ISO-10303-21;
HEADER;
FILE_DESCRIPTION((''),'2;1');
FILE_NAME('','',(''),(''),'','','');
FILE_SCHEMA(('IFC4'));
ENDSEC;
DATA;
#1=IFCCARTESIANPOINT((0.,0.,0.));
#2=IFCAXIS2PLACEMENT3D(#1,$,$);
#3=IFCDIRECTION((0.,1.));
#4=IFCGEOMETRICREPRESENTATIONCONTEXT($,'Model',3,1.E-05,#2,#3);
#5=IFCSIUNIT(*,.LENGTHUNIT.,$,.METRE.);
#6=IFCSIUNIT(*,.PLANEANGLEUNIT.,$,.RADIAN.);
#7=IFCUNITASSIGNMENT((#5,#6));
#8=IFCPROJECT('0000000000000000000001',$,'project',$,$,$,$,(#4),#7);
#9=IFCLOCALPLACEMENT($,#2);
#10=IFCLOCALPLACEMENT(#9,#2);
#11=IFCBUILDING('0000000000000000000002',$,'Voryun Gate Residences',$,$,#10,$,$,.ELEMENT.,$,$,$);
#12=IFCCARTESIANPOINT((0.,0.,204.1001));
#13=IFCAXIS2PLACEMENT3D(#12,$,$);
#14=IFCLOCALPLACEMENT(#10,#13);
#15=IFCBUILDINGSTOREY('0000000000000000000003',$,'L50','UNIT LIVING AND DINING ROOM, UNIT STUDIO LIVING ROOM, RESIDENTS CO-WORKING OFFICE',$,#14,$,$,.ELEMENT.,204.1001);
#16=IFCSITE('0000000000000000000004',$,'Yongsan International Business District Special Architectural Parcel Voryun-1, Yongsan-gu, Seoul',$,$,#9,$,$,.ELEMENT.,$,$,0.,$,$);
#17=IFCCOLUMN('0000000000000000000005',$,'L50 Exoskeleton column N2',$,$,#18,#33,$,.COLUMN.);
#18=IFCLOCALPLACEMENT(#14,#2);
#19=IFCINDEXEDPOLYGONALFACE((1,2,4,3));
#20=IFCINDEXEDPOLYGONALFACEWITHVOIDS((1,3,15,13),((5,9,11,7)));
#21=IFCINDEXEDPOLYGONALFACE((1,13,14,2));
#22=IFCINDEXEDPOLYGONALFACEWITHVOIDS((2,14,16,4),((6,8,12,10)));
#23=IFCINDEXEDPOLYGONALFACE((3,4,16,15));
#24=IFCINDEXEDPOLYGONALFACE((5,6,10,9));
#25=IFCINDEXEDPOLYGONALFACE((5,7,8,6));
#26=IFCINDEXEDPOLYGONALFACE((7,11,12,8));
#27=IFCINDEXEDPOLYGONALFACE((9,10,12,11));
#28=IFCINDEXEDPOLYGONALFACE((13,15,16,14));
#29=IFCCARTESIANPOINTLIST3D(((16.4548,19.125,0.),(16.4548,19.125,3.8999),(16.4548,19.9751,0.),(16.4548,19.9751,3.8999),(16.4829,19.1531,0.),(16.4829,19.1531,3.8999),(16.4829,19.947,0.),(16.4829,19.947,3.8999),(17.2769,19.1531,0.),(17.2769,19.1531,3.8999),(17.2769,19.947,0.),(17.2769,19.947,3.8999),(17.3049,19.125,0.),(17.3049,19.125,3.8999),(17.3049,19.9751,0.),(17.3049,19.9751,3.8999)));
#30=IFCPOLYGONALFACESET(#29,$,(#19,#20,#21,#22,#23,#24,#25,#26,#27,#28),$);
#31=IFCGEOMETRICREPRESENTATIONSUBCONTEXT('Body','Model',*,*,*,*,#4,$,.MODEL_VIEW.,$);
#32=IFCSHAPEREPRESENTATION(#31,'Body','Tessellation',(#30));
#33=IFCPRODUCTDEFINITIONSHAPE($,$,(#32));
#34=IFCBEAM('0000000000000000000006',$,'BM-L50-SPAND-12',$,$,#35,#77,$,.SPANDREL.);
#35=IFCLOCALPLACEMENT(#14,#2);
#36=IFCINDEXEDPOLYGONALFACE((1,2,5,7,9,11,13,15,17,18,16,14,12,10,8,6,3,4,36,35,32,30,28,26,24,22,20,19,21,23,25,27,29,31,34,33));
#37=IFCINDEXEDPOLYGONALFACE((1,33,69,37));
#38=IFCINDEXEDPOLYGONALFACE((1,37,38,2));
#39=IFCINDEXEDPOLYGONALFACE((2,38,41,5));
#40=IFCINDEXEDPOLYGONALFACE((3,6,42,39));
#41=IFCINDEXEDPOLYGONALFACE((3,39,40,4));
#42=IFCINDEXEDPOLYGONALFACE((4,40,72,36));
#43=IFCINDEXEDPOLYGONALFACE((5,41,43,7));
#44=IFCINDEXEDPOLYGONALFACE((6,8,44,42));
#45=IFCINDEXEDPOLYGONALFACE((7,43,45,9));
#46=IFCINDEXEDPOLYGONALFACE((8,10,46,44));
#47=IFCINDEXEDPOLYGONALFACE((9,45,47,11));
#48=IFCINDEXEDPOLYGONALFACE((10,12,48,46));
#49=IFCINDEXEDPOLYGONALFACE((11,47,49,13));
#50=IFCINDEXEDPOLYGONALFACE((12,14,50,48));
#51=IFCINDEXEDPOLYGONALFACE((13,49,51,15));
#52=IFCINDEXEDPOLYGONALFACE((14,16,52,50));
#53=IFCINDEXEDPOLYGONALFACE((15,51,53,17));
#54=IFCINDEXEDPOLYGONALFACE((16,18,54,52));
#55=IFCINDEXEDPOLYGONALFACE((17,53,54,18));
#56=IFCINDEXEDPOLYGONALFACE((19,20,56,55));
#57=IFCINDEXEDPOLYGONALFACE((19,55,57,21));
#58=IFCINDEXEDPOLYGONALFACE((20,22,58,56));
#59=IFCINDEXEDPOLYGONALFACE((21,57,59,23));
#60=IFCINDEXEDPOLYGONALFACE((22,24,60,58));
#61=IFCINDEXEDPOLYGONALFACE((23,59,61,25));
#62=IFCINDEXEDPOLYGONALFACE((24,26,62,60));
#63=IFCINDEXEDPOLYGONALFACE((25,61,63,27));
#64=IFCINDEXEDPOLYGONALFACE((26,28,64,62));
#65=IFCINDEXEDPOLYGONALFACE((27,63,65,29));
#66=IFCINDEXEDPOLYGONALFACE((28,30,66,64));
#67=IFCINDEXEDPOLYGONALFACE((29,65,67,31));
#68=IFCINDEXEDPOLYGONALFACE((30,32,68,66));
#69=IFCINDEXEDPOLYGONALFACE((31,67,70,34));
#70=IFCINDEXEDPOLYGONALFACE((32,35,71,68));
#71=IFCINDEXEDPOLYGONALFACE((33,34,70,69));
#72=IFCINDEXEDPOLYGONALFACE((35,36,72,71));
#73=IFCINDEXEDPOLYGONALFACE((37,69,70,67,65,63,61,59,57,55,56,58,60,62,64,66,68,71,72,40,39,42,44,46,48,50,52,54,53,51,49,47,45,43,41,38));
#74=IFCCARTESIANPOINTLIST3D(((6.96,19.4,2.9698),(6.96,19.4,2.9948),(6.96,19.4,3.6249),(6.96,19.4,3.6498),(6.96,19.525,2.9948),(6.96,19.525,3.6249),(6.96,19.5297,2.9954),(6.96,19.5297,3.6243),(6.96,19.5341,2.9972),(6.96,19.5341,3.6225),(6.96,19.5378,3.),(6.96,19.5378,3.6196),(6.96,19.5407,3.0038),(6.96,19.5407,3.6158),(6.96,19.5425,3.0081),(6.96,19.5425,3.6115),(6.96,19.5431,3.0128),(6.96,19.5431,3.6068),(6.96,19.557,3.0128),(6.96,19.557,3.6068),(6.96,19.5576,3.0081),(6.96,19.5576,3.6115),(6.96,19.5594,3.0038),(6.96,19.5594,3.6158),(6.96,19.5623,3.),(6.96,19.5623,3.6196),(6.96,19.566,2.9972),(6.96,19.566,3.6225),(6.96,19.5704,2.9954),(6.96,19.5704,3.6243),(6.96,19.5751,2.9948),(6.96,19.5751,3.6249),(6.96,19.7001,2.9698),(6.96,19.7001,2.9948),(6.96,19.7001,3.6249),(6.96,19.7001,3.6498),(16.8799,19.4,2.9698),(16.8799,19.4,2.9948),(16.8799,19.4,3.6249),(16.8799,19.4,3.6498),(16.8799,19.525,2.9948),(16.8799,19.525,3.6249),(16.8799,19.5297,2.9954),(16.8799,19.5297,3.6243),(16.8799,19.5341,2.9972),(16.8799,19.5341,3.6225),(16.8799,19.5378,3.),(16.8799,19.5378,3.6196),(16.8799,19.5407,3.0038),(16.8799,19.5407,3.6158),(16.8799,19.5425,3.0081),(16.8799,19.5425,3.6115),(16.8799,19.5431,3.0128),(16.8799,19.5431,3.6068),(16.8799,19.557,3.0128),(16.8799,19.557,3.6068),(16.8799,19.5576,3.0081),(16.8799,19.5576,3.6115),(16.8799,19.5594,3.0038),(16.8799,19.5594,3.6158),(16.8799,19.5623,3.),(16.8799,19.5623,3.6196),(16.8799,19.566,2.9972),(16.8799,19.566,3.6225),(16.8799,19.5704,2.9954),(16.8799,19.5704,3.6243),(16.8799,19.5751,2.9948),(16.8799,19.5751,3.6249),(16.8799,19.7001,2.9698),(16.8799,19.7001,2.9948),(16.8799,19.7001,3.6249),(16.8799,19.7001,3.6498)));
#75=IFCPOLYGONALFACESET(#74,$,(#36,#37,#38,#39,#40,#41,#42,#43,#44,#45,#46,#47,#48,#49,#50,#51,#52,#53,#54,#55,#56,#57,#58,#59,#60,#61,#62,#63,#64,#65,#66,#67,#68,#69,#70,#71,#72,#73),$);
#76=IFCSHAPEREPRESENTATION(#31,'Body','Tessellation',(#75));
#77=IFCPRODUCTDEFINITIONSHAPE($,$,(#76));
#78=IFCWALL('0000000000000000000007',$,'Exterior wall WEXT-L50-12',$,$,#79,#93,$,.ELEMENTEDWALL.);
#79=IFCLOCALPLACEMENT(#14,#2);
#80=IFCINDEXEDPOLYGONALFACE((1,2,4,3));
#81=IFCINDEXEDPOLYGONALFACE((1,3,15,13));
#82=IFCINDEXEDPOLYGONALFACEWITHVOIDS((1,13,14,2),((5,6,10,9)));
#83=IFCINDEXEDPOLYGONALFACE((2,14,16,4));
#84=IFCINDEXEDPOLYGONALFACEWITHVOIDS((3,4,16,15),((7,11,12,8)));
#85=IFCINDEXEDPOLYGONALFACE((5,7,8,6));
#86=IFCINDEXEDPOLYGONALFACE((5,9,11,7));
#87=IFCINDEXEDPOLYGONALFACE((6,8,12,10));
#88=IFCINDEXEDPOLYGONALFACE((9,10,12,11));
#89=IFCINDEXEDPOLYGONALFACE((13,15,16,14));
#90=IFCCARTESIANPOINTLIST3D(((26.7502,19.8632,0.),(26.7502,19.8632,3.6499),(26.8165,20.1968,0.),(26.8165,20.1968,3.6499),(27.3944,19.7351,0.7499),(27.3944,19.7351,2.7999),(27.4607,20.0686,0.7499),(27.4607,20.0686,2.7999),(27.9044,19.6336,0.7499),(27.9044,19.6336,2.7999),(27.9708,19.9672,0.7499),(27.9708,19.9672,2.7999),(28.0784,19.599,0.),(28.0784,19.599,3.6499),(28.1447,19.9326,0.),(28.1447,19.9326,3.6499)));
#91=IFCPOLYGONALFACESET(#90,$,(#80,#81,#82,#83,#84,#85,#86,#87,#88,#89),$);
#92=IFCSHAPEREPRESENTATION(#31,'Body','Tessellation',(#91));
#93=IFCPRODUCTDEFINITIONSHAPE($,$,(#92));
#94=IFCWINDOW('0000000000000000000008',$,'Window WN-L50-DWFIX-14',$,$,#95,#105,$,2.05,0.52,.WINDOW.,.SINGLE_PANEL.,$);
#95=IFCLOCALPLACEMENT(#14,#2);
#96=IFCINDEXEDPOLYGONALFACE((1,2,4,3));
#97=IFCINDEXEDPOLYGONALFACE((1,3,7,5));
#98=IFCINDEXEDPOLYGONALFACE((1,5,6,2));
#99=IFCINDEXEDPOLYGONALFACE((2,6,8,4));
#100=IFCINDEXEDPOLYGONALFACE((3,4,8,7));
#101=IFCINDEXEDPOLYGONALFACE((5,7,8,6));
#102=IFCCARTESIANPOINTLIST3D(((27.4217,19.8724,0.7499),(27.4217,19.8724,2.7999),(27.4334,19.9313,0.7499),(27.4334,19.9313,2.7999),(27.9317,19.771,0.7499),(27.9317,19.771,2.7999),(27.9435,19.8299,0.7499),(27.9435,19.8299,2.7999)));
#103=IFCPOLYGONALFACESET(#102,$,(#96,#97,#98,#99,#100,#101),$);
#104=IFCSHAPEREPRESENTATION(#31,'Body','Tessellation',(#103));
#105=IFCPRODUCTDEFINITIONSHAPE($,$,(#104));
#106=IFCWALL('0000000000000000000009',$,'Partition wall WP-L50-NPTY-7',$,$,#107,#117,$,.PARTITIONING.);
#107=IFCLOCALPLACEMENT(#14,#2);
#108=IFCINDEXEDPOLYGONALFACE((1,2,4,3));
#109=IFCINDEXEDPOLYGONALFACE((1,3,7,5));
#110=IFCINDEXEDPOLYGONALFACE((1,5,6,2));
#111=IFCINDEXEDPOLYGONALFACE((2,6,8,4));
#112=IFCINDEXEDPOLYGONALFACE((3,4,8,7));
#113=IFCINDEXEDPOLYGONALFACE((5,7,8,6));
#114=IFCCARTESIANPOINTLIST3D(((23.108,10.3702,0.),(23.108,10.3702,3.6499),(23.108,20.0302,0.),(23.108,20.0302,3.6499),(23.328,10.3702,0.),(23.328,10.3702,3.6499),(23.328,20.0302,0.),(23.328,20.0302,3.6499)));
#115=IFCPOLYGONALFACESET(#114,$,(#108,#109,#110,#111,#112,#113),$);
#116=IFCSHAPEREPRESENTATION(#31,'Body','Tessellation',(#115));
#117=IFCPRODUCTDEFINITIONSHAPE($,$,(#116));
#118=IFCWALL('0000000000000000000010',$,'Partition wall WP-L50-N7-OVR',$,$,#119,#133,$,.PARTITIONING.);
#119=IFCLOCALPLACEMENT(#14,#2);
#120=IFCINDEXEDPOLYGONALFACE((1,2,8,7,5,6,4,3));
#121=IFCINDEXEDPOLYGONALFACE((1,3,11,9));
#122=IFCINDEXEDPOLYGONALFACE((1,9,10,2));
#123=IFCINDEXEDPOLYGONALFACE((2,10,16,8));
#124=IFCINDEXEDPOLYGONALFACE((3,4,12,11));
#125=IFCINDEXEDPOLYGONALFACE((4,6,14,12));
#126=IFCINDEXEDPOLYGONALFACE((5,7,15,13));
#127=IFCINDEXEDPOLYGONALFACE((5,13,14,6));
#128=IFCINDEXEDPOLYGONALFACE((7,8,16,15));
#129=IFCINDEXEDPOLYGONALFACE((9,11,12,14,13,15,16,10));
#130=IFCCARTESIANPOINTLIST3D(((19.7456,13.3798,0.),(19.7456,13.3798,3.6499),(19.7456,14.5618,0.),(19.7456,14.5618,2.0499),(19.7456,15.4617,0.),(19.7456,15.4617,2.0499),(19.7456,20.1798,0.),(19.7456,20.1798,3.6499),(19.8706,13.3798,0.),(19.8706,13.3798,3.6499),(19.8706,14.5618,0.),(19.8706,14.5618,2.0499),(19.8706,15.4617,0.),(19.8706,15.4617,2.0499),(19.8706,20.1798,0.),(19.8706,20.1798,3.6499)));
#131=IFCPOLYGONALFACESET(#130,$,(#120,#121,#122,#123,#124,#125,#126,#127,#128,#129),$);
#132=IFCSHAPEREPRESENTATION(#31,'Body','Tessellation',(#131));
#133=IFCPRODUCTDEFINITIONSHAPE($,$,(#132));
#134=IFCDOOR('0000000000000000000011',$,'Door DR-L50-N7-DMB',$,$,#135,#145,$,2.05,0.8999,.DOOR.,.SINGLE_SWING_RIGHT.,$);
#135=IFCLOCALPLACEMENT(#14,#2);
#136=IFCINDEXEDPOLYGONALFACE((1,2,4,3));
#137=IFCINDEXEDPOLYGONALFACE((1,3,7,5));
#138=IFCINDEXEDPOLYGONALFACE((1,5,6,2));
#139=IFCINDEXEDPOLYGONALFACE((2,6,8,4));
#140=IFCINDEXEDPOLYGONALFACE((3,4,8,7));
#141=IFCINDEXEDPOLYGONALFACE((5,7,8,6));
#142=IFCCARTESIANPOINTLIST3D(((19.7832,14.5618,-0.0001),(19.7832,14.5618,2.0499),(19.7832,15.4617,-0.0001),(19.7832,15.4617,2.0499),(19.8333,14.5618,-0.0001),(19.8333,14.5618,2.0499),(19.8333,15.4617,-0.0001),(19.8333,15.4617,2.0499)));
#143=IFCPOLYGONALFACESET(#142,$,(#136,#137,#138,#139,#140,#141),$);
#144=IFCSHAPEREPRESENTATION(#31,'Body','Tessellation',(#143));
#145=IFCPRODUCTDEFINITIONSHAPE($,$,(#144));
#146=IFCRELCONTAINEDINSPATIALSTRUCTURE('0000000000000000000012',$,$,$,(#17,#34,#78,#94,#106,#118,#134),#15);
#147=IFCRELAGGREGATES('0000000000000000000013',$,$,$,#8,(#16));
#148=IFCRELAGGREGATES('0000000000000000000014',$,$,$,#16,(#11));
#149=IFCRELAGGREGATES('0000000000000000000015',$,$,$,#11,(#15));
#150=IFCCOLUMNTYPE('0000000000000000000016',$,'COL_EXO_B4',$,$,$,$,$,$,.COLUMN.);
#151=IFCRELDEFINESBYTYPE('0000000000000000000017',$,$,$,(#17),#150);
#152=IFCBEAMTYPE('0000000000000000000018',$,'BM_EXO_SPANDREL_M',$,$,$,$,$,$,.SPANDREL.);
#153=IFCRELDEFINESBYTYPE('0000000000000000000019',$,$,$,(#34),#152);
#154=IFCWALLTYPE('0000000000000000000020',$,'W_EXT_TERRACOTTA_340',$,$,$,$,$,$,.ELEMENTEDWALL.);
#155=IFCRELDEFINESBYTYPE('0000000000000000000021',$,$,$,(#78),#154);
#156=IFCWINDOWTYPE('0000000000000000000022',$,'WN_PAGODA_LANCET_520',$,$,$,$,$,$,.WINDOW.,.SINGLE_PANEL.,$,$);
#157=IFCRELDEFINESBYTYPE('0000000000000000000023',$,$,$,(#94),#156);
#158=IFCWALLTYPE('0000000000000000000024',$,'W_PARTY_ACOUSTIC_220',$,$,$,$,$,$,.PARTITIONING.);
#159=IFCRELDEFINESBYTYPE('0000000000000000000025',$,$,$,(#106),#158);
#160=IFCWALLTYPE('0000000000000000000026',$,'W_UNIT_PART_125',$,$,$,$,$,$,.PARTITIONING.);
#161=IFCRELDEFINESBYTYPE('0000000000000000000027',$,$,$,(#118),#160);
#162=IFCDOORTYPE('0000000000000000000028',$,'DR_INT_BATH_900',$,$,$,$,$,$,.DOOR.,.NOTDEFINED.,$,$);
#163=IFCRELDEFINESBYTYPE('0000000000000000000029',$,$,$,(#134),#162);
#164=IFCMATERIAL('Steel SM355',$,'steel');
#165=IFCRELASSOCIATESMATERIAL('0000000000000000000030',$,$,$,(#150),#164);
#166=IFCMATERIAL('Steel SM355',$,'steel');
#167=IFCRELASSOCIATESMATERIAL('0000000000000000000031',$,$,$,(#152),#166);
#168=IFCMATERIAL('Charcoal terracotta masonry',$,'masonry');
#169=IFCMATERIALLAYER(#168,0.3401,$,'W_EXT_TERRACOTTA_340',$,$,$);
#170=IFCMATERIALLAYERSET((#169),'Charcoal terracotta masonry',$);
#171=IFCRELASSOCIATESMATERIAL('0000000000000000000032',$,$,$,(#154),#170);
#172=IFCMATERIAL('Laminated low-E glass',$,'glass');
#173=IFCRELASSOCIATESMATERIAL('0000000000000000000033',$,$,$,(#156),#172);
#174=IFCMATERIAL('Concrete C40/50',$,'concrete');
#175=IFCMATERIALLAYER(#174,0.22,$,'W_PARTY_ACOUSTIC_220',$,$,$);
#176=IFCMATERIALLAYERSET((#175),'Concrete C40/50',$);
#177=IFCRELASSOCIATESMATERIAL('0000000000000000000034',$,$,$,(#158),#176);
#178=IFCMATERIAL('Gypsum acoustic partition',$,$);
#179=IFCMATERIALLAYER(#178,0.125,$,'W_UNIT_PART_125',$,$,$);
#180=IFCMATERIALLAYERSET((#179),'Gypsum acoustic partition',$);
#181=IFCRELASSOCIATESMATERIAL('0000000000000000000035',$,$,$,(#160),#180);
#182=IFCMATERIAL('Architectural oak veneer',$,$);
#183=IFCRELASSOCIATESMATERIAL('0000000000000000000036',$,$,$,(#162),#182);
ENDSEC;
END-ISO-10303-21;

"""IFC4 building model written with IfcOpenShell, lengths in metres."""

from ifc_helpers import new_model, si_unit, direction, frame, frame_2d, origin, origin_2d, place, context, subcontext, project, spatial, rectangle, hollow_rectangle, i_section, extrude, material, layer, layer_set, material_profile, profile_set, type_object, element, fill, save


model = new_model("IFC4")

# Units and contexts
model_context = context("Model", 3, precision=1e-05, world=origin(), true_north=direction((0.0, 1.0)))
body_context = subcontext(model_context, "Body", "Model", "MODEL_VIEW")
ifc_project = project(units=[si_unit("LENGTHUNIT", "METRE"), si_unit("PLANEANGLEUNIT", "RADIAN")], contexts=[model_context])

# Site, building, storey
site_placement = place(None, origin())
site = spatial("IfcSite", under=ifc_project, at=site_placement, Name="Yongsan International Business District Special Architectural Parcel Voryun-1, Yongsan-gu, Seoul", CompositionType="ELEMENT", RefElevation=0.0)
building_placement = place(site_placement, origin())
building = spatial("IfcBuilding", under=site, at=building_placement, Name="Voryun Gate Residences", CompositionType="ELEMENT")
storey_placement = place(building_placement, frame((0.0, 0.0, 204.1001)))
storey = spatial("IfcBuildingStorey", under=building, at=storey_placement, Name="L50", Description="UNIT LIVING AND DINING ROOM, UNIT STUDIO LIVING ROOM, RESIDENTS CO-WORKING OFFICE", CompositionType="ELEMENT", Elevation=204.1001)

# Column
ifc_material_1 = material(Name="Steel SM355", Category="steel")
ifc_material_profile_1 = material_profile(ifc_material_1, hollow_rectangle(XDim=0.8501, YDim=0.8501, WallThickness=0.0281, at=origin_2d()), Name="BOX-850x850x28")
ifc_profile_set_1 = profile_set([ifc_material_profile_1], Name="Steel SM355")
column_type = type_object("IfcColumnType", Name="COL_EXO_B4", PredefinedType="COLUMN", material=ifc_profile_set_1)
column_placement = place(storey_placement, frame((16.8799, 19.55, 0.0), z_axis=(0.0, 0.0, 1.0), x_axis=(1.0, 0.0, 0.0)))
element("IfcColumn", 1, at=column_placement, inside=storey, type_object=column_type, Name="L50 Exoskeleton column N2", PredefinedType="COLUMN", context=body_context, shape_type="SweptSolid", body=[
    extrude(hollow_rectangle(XDim=0.8501, YDim=0.8501, WallThickness=0.0281, at=origin_2d()), origin(), (0.0, 0.0, 1.0), 3.8999),
])

# Beam
ifc_material_2 = material(Name="Steel SM355", Category="steel")
ifc_material_profile_2 = material_profile(ifc_material_2, i_section(OverallWidth=0.3, OverallDepth=0.6799, WebThickness=0.0139, FlangeThickness=0.0249, FilletRadius=0.0181, at=origin_2d()), Name="H-680x300x14x25")
ifc_profile_set_2 = profile_set([ifc_material_profile_2], Name="Steel SM355")
beam_type = type_object("IfcBeamType", Name="BM_EXO_SPANDREL_M", PredefinedType="SPANDREL", material=ifc_profile_set_2)
beam_placement = place(storey_placement, frame((16.8799, 19.55, 3.3098), z_axis=(-1.0, 0.0, 0.0), x_axis=(0.0, -1.0, 0.0)))
element("IfcBeam", 2, at=beam_placement, inside=storey, type_object=beam_type, Name="BM-L50-SPAND-12", PredefinedType="SPANDREL", context=body_context, shape_type="SweptSolid", body=[
    extrude(i_section(OverallWidth=0.3, OverallDepth=0.6799, WebThickness=0.0139, FlangeThickness=0.0249, FilletRadius=0.0181, at=origin_2d()), origin(), (0.0, 0.0, 1.0), 9.9199),
])

# Wall, opening, window
ifc_material_3 = material(Name="Charcoal terracotta masonry", Category="masonry")
ifc_layer_1 = layer(ifc_material_3, 0.3401, Name="W_EXT_TERRACOTTA_340")
ifc_layer_set_1 = layer_set([ifc_layer_1], Name="Charcoal terracotta masonry")
wall_type_1 = type_object("IfcWallType", Name="W_EXT_TERRACOTTA_340", PredefinedType="ELEMENTEDWALL", material=ifc_layer_set_1)
wall_1_placement = place(storey_placement, frame((26.7832, 20.03, 0.0), z_axis=(0.0, 0.0, 1.0), x_axis=(0.980788, -0.195076, 0.0)))
wall_1 = element("IfcWall", 3, at=wall_1_placement, inside=storey, type_object=wall_type_1, Name="Exterior wall WEXT-L50-12", PredefinedType="ELEMENTEDWALL", context=body_context, shape_type="SweptSolid", body=[
    extrude(rectangle(XDim=1.3542, YDim=0.3401, at=frame_2d((0.6772, 0.0))), origin(), (0.0, 0.0, 1.0), 3.6499),
])
opening_1_placement = place(wall_1_placement, frame((0.657, 0.0, 0.75)))
opening_1 = element("IfcOpeningElement", 4, at=opening_1_placement, cuts=wall_1, PredefinedType="OPENING", context=body_context, shape_type="SweptSolid", body=[
    extrude(rectangle(XDim=0.52, YDim=2.05, at=frame_2d((0.26, 1.0249))), frame((0.0, 0.1799, 0.0), z_axis=(0.0, -1.0, 0.0), x_axis=(1.0, 0.0, 0.0)), (0.0, 0.0, 1.0), 0.3601),
])
ifc_material_4 = material(Name="Laminated low-E glass", Category="glass")
window_type = type_object("IfcWindowType", Name="WN_PAGODA_LANCET_520", PartitioningType="SINGLE_PANEL", PredefinedType="WINDOW", material=ifc_material_4)
window_placement = place(opening_1_placement, origin())
window = element("IfcWindow", 5, at=window_placement, inside=storey, type_object=window_type, Name="Window WN-L50-DWFIX-14", OverallHeight=2.05, OverallWidth=0.52, PartitioningType="SINGLE_PANEL", PredefinedType="WINDOW", context=body_context, shape_type="SweptSolid", body=[
    extrude(rectangle(XDim=0.52, YDim=2.05, at=frame_2d((0.26, 1.0249))), frame((0.0, 0.03, 0.0), z_axis=(0.0, -1.0, 0.0), x_axis=(1.0, 0.0, 0.0)), (0.0, 0.0, 1.0), 0.0601),
])
fill(opening_1, window)

# Wall
ifc_material_5 = material(Name="Concrete C40/50", Category="concrete")
ifc_layer_2 = layer(ifc_material_5, 0.22, Name="W_PARTY_ACOUSTIC_220")
ifc_layer_set_2 = layer_set([ifc_layer_2], Name="Concrete C40/50")
wall_type_2 = type_object("IfcWallType", Name="W_PARTY_ACOUSTIC_220", PredefinedType="PARTITIONING", material=ifc_layer_set_2)
wall_2_placement = place(storey_placement, frame((23.218, 10.3701, 0.0), z_axis=(0.0, 0.0, 1.0), x_axis=(0.0, 1.0, 0.0)))
element("IfcWall", 6, at=wall_2_placement, inside=storey, type_object=wall_type_2, Name="Partition wall WP-L50-NPTY-7", PredefinedType="PARTITIONING", context=body_context, shape_type="SweptSolid", body=[
    extrude(rectangle(XDim=9.6599, YDim=0.22, at=frame_2d((4.8301, 0.0))), origin(), (0.0, 0.0, 1.0), 3.6499),
])

# Wall, opening, door
ifc_material_6 = material(Name="Gypsum acoustic partition")
ifc_layer_3 = layer(ifc_material_6, 0.125, Name="W_UNIT_PART_125")
ifc_layer_set_3 = layer_set([ifc_layer_3], Name="Gypsum acoustic partition")
wall_type_3 = type_object("IfcWallType", Name="W_UNIT_PART_125", PredefinedType="PARTITIONING", material=ifc_layer_set_3)
wall_3_placement = place(storey_placement, frame((19.8081, 13.3799, 0.0), z_axis=(0.0, 0.0, 1.0), x_axis=(0.0, 1.0, 0.0)))
wall_3 = element("IfcWall", 7, at=wall_3_placement, inside=storey, type_object=wall_type_3, Name="Partition wall WP-L50-N7-OVR", PredefinedType="PARTITIONING", context=body_context, shape_type="SweptSolid", body=[
    extrude(rectangle(XDim=6.8, YDim=0.125, at=frame_2d((3.3999, 0.0))), origin(), (0.0, 0.0, 1.0), 3.6499),
])
opening_2_placement = place(wall_3_placement, frame((1.1819, 0.0, 0.0)))
opening_2 = element("IfcOpeningElement", 8, at=opening_2_placement, cuts=wall_3, PredefinedType="OPENING", context=body_context, shape_type="SweptSolid", body=[
    extrude(rectangle(XDim=0.8999, YDim=2.05, at=frame_2d((0.45, 1.0249))), frame((0.0, 0.0725, 0.0), z_axis=(0.0, -1.0, 0.0), x_axis=(1.0, 0.0, 0.0)), (0.0, 0.0, 1.0), 0.145),
])
ifc_material_7 = material(Name="Architectural oak veneer")
door_type_1 = type_object("IfcDoorType", Name="DR_INT_BATH_900", OperationType="NOTDEFINED", PredefinedType="DOOR", material=ifc_material_7)
door_1_placement = place(opening_2_placement, origin())
door_1 = element("IfcDoor", 9, at=door_1_placement, inside=storey, type_object=door_type_1, Name="Door DR-L50-N7-DMB", OperationType="SINGLE_SWING_RIGHT", OverallHeight=2.05, OverallWidth=0.8999, PredefinedType="DOOR", context=body_context, shape_type="SweptSolid", body=[
    extrude(rectangle(XDim=0.8999, YDim=2.05, at=frame_2d((0.45, 1.0249))), frame((0.0, 0.0249, 0.0), z_axis=(0.0, -1.0, 0.0), x_axis=(1.0, 0.0, 0.0)), (0.0, 0.0, 1.0), 0.05),
])
fill(opening_2, door_1)

save(model, "model.ifc")
